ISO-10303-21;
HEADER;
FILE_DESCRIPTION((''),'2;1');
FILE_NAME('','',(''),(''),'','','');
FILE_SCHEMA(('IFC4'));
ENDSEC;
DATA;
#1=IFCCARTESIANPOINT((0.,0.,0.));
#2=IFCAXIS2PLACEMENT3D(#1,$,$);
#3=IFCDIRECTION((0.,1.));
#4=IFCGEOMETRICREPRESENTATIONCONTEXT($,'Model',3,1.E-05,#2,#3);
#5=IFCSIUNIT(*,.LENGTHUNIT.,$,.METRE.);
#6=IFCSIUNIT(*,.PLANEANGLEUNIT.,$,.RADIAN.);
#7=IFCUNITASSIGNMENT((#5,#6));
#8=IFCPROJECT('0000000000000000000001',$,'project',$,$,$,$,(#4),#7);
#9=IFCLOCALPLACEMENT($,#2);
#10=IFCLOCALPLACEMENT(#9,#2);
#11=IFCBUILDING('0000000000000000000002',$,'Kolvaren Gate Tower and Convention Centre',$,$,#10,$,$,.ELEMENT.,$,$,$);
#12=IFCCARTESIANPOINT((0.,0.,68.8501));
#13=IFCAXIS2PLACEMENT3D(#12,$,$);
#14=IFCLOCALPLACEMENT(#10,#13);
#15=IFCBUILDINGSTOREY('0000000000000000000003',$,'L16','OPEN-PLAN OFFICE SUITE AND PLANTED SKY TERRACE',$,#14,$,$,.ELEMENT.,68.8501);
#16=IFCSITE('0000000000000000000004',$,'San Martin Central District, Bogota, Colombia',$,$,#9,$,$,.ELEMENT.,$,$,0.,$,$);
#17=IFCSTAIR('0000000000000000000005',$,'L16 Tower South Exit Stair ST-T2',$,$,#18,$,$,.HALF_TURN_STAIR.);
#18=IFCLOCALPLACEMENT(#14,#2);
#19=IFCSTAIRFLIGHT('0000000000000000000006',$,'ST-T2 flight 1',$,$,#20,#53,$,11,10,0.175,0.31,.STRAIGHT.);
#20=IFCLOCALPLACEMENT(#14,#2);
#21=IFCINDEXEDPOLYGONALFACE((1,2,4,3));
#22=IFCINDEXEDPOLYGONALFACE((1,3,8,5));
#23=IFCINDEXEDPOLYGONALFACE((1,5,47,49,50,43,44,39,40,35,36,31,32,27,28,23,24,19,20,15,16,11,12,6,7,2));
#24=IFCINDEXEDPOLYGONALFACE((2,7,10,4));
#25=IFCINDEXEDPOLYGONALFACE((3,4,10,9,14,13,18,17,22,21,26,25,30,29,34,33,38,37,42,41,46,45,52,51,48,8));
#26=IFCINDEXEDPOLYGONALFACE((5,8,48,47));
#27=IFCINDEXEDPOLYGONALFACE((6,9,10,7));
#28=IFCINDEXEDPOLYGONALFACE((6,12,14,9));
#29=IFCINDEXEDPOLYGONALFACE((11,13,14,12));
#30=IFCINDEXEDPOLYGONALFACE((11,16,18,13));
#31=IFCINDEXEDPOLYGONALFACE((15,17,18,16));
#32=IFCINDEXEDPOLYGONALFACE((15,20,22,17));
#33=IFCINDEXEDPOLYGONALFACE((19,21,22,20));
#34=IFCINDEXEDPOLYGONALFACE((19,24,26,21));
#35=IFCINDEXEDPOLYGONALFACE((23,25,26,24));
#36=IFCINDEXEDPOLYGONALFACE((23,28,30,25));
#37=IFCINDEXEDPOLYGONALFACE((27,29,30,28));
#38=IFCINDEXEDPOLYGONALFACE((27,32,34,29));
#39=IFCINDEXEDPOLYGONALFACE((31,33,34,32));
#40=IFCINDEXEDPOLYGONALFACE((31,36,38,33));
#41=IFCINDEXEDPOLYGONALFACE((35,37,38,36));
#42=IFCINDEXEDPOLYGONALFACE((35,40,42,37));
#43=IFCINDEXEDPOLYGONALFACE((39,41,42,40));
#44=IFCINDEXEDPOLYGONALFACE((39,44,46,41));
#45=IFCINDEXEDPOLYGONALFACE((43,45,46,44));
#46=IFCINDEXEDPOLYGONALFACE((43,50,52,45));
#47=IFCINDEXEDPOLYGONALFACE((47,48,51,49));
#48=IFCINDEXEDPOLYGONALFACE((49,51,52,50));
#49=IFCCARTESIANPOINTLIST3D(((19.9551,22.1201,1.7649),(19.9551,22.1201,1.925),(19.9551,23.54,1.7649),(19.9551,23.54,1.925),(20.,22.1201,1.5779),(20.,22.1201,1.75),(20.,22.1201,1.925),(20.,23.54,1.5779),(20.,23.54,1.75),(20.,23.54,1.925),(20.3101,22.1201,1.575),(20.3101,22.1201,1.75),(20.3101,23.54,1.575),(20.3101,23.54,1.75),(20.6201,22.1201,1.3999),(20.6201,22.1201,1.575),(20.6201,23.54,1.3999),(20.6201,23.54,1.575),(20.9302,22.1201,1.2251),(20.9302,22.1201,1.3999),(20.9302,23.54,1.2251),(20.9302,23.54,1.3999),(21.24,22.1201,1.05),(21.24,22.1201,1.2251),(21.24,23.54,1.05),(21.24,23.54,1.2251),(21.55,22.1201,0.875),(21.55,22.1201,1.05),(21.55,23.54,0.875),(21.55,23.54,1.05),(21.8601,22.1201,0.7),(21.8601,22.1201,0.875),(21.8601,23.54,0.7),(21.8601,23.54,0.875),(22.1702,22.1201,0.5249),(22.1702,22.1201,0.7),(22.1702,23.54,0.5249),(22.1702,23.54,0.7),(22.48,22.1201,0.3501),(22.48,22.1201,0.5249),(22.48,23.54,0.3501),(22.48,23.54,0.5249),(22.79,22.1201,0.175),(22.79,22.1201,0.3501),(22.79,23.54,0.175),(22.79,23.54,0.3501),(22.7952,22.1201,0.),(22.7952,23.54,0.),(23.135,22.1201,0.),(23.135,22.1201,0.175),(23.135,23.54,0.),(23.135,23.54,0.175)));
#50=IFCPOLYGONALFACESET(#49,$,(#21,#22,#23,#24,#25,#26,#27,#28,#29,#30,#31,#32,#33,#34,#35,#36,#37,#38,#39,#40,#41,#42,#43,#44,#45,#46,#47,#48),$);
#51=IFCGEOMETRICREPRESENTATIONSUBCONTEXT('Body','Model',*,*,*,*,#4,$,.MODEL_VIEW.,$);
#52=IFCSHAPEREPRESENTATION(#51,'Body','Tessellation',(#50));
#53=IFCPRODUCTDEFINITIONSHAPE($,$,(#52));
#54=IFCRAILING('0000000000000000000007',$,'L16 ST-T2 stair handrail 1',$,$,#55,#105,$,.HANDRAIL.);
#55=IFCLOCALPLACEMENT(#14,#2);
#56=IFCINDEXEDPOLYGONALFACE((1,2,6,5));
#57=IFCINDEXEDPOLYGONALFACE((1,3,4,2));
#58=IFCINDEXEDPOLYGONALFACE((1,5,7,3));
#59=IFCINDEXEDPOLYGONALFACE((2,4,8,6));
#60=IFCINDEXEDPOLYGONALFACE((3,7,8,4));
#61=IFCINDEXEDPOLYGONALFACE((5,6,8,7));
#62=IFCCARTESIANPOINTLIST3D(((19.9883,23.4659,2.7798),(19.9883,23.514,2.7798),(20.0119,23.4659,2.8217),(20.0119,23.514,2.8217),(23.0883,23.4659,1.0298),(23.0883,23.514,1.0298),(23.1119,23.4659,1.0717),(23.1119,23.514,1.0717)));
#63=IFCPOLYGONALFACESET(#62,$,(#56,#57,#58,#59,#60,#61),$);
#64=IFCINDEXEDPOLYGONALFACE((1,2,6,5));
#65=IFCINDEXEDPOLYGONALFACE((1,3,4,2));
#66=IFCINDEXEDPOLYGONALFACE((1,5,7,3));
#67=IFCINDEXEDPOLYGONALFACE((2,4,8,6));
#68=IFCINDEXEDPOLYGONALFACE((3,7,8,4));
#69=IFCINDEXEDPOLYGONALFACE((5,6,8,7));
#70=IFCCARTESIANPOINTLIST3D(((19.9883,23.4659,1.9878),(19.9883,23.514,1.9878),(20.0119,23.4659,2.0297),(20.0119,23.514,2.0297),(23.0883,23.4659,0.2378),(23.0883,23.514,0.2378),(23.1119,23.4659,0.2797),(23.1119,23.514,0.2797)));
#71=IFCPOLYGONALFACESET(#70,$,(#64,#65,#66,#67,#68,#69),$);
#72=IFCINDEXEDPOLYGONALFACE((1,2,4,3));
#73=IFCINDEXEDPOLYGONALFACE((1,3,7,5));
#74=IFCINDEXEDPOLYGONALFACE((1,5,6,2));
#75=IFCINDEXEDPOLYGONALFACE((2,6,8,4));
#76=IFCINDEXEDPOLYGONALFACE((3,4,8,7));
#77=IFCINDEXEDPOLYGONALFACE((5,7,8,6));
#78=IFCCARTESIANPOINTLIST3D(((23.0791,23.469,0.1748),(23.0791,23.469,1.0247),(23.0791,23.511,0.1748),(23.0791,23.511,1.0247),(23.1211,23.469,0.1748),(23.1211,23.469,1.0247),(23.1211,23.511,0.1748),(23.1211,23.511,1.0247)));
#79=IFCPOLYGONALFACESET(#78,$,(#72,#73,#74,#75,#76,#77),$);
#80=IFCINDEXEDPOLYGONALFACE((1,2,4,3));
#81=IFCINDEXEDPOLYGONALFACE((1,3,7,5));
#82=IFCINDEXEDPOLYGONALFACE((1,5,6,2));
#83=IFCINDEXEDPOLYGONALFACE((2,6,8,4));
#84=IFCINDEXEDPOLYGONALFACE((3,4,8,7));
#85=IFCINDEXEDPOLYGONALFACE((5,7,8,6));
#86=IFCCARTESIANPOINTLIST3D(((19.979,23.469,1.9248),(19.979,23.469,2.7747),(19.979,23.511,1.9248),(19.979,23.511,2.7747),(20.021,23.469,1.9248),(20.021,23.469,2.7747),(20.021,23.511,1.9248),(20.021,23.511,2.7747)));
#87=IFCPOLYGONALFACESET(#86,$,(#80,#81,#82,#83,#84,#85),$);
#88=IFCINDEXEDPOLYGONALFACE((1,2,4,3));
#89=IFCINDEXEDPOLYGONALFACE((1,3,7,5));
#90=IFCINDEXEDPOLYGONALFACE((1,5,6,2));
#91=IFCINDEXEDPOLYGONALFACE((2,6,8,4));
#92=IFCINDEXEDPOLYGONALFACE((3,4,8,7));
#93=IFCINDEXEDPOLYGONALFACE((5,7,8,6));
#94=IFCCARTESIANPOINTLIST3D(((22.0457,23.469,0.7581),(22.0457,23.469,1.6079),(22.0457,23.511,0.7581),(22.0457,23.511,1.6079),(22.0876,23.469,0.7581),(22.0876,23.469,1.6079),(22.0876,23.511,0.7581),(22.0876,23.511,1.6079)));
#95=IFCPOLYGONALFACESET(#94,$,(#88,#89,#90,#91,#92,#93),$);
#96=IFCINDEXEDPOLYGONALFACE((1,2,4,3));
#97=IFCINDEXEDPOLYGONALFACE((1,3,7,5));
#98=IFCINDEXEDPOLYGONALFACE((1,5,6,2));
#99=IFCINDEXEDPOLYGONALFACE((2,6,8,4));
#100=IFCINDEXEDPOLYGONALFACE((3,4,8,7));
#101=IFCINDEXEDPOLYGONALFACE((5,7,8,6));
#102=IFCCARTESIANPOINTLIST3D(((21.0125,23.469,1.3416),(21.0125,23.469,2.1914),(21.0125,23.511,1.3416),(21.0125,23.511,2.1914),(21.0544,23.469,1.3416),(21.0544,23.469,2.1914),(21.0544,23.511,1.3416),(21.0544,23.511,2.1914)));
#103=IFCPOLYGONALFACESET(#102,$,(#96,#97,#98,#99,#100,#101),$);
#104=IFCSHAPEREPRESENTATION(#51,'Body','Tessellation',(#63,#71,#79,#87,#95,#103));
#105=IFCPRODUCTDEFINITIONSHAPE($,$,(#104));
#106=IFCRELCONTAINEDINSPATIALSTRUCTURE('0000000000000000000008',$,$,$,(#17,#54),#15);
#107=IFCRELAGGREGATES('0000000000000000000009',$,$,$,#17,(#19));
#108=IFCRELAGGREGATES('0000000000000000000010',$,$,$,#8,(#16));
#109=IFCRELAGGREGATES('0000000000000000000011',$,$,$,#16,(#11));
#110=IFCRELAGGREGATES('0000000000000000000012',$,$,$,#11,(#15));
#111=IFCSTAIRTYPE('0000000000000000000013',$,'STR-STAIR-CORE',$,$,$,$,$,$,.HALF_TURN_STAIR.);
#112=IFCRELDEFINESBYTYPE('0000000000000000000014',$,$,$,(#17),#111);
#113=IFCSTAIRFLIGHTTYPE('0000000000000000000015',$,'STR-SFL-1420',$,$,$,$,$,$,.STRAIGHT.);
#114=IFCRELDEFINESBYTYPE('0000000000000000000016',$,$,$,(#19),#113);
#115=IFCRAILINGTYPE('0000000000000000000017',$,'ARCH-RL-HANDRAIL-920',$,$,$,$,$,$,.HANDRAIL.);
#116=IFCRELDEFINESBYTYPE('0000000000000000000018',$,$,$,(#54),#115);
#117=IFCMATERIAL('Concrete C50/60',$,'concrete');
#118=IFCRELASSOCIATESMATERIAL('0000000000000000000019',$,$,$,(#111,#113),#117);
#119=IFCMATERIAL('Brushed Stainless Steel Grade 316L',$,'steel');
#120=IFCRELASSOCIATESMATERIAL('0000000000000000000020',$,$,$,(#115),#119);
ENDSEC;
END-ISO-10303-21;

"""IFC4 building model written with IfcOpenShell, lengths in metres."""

from ifc_helpers import new_model, si_unit, direction, frame, origin, origin_2d, place, context, subcontext, project, spatial, polyline, rectangle, outline, extrude, material, type_object, element, aggregate, save


model = new_model("IFC4")

# Units and contexts
model_context = context("Model", 3, precision=1e-05, world=origin(), true_north=direction((0.0, 1.0)))
body_context = subcontext(model_context, "Body", "Model", "MODEL_VIEW")
ifc_project = project(units=[si_unit("LENGTHUNIT", "METRE"), si_unit("PLANEANGLEUNIT", "RADIAN")], contexts=[model_context])

# Site, building, storey
site_placement = place(None, origin())
site = spatial("IfcSite", under=ifc_project, at=site_placement, Name="San Martin Central District, Bogota, Colombia", CompositionType="ELEMENT", RefElevation=0.0)
building_placement = place(site_placement, origin())
building = spatial("IfcBuilding", under=site, at=building_placement, Name="Kolvaren Gate Tower and Convention Centre", CompositionType="ELEMENT")
storey_placement = place(building_placement, frame((0.0, 0.0, 68.8501)))
storey = spatial("IfcBuildingStorey", under=building, at=storey_placement, Name="L16", Description="OPEN-PLAN OFFICE SUITE AND PLANTED SKY TERRACE", CompositionType="ELEMENT", Elevation=68.8501)

# Shared definitions
ifc_material_1 = material(Name="Brushed Stainless Steel Grade 316L", Category="steel")

# Stair, stair flight
ifc_material_2 = material(Name="Concrete C50/60", Category="concrete")
stair_type = type_object("IfcStairType", Name="STR-STAIR-CORE", PredefinedType="HALF_TURN_STAIR", material=ifc_material_2)
stair_placement = place(storey_placement, origin())
stair = element("IfcStair", 1, at=stair_placement, inside=storey, type_object=stair_type, Name="L16 Tower South Exit Stair ST-T2", PredefinedType="HALF_TURN_STAIR")
stair_flight_type = type_object("IfcStairFlightType", Name="STR-SFL-1420", PredefinedType="STRAIGHT", material=ifc_material_2)
stair_flight_placement = place(storey_placement, frame((23.1001, 22.8301, 0.0), z_axis=(0.0, 0.0, 1.0), x_axis=(-1.0, 0.0, 0.0)))
stair_flight = element("IfcStairFlight", 2, at=stair_flight_placement, type_object=stair_flight_type, Name="ST-T2 flight 1", NumberOfRisers=11, NumberOfTreads=10, PredefinedType="STRAIGHT", RiserHeight=0.175, TreadLength=0.31, context=body_context, shape_type="SweptSolid", body=[
    extrude(outline(polyline([(-0.0349, 0.0), (-0.0349, 0.175), (0.3101, 0.175), (0.3101, 0.3501), (0.6201, 0.3501), (0.6201, 0.5249), (0.9299, 0.5249), (0.9299, 0.7), (1.24, 0.7), (1.24, 0.875), (1.55, 0.875), (1.55, 1.05), (1.8601, 1.05), (1.8601, 1.2251), (2.1699, 1.2251), (2.1699, 1.3999), (2.48, 1.3999), (2.48, 1.575), (2.79, 1.575), (2.79, 1.75), (3.1001, 1.75), (3.1001, 1.925), (3.145, 1.925), (3.145, 1.7649), (3.1001, 1.5779), (0.3049, 0.0), (-0.0349, 0.0)])), frame((0.0, 0.71, 0.0), z_axis=(0.0, -1.0, 0.0), x_axis=(1.0, 0.0, 0.0)), (0.0, 0.0, 1.0), 1.4199),
])
aggregate(stair, [stair_flight])

# Railing
railing_type = type_object("IfcRailingType", Name="ARCH-RL-HANDRAIL-920", PredefinedType="HANDRAIL", material=ifc_material_1)
railing_placement = place(storey_placement, frame((23.1001, 23.49, 0.1748)))
element("IfcRailing", 3, at=railing_placement, inside=storey, type_object=railing_type, Name="L16 ST-T2 stair handrail 1", PredefinedType="HANDRAIL", context=body_context, shape_type="SweptSolid", body=[
    extrude(rectangle(XDim=0.0481, YDim=0.0481, at=origin_2d()), frame((0.0, 0.0, 0.876), z_axis=(-0.870831, 0.0, 0.491583), x_axis=(0.0, -1.0, 0.0)), (0.0, 0.0, 1.0), 3.5598),
    extrude(rectangle(XDim=0.0481, YDim=0.0481, at=origin_2d()), frame((0.0, 0.0, 0.084), z_axis=(-0.870831, 0.0, 0.491583), x_axis=(0.0, -1.0, 0.0)), (0.0, 0.0, 1.0), 3.5598),
    extrude(rectangle(XDim=0.042, YDim=0.042, at=origin_2d()), origin(), (0.0, 0.0, 1.0), 0.8499),
    extrude(rectangle(XDim=0.042, YDim=0.042, at=origin_2d()), frame((-3.1001, 0.0, 1.75)), (0.0, 0.0, 1.0), 0.8499),
    extrude(rectangle(XDim=0.042, YDim=0.042, at=origin_2d()), frame((-1.0334, 0.0, 0.5833)), (0.0, 0.0, 1.0), 0.8499),
    extrude(rectangle(XDim=0.042, YDim=0.042, at=origin_2d()), frame((-2.0667, 0.0, 1.1667)), (0.0, 0.0, 1.0), 0.8499),
])

save(model, "model.ifc")
